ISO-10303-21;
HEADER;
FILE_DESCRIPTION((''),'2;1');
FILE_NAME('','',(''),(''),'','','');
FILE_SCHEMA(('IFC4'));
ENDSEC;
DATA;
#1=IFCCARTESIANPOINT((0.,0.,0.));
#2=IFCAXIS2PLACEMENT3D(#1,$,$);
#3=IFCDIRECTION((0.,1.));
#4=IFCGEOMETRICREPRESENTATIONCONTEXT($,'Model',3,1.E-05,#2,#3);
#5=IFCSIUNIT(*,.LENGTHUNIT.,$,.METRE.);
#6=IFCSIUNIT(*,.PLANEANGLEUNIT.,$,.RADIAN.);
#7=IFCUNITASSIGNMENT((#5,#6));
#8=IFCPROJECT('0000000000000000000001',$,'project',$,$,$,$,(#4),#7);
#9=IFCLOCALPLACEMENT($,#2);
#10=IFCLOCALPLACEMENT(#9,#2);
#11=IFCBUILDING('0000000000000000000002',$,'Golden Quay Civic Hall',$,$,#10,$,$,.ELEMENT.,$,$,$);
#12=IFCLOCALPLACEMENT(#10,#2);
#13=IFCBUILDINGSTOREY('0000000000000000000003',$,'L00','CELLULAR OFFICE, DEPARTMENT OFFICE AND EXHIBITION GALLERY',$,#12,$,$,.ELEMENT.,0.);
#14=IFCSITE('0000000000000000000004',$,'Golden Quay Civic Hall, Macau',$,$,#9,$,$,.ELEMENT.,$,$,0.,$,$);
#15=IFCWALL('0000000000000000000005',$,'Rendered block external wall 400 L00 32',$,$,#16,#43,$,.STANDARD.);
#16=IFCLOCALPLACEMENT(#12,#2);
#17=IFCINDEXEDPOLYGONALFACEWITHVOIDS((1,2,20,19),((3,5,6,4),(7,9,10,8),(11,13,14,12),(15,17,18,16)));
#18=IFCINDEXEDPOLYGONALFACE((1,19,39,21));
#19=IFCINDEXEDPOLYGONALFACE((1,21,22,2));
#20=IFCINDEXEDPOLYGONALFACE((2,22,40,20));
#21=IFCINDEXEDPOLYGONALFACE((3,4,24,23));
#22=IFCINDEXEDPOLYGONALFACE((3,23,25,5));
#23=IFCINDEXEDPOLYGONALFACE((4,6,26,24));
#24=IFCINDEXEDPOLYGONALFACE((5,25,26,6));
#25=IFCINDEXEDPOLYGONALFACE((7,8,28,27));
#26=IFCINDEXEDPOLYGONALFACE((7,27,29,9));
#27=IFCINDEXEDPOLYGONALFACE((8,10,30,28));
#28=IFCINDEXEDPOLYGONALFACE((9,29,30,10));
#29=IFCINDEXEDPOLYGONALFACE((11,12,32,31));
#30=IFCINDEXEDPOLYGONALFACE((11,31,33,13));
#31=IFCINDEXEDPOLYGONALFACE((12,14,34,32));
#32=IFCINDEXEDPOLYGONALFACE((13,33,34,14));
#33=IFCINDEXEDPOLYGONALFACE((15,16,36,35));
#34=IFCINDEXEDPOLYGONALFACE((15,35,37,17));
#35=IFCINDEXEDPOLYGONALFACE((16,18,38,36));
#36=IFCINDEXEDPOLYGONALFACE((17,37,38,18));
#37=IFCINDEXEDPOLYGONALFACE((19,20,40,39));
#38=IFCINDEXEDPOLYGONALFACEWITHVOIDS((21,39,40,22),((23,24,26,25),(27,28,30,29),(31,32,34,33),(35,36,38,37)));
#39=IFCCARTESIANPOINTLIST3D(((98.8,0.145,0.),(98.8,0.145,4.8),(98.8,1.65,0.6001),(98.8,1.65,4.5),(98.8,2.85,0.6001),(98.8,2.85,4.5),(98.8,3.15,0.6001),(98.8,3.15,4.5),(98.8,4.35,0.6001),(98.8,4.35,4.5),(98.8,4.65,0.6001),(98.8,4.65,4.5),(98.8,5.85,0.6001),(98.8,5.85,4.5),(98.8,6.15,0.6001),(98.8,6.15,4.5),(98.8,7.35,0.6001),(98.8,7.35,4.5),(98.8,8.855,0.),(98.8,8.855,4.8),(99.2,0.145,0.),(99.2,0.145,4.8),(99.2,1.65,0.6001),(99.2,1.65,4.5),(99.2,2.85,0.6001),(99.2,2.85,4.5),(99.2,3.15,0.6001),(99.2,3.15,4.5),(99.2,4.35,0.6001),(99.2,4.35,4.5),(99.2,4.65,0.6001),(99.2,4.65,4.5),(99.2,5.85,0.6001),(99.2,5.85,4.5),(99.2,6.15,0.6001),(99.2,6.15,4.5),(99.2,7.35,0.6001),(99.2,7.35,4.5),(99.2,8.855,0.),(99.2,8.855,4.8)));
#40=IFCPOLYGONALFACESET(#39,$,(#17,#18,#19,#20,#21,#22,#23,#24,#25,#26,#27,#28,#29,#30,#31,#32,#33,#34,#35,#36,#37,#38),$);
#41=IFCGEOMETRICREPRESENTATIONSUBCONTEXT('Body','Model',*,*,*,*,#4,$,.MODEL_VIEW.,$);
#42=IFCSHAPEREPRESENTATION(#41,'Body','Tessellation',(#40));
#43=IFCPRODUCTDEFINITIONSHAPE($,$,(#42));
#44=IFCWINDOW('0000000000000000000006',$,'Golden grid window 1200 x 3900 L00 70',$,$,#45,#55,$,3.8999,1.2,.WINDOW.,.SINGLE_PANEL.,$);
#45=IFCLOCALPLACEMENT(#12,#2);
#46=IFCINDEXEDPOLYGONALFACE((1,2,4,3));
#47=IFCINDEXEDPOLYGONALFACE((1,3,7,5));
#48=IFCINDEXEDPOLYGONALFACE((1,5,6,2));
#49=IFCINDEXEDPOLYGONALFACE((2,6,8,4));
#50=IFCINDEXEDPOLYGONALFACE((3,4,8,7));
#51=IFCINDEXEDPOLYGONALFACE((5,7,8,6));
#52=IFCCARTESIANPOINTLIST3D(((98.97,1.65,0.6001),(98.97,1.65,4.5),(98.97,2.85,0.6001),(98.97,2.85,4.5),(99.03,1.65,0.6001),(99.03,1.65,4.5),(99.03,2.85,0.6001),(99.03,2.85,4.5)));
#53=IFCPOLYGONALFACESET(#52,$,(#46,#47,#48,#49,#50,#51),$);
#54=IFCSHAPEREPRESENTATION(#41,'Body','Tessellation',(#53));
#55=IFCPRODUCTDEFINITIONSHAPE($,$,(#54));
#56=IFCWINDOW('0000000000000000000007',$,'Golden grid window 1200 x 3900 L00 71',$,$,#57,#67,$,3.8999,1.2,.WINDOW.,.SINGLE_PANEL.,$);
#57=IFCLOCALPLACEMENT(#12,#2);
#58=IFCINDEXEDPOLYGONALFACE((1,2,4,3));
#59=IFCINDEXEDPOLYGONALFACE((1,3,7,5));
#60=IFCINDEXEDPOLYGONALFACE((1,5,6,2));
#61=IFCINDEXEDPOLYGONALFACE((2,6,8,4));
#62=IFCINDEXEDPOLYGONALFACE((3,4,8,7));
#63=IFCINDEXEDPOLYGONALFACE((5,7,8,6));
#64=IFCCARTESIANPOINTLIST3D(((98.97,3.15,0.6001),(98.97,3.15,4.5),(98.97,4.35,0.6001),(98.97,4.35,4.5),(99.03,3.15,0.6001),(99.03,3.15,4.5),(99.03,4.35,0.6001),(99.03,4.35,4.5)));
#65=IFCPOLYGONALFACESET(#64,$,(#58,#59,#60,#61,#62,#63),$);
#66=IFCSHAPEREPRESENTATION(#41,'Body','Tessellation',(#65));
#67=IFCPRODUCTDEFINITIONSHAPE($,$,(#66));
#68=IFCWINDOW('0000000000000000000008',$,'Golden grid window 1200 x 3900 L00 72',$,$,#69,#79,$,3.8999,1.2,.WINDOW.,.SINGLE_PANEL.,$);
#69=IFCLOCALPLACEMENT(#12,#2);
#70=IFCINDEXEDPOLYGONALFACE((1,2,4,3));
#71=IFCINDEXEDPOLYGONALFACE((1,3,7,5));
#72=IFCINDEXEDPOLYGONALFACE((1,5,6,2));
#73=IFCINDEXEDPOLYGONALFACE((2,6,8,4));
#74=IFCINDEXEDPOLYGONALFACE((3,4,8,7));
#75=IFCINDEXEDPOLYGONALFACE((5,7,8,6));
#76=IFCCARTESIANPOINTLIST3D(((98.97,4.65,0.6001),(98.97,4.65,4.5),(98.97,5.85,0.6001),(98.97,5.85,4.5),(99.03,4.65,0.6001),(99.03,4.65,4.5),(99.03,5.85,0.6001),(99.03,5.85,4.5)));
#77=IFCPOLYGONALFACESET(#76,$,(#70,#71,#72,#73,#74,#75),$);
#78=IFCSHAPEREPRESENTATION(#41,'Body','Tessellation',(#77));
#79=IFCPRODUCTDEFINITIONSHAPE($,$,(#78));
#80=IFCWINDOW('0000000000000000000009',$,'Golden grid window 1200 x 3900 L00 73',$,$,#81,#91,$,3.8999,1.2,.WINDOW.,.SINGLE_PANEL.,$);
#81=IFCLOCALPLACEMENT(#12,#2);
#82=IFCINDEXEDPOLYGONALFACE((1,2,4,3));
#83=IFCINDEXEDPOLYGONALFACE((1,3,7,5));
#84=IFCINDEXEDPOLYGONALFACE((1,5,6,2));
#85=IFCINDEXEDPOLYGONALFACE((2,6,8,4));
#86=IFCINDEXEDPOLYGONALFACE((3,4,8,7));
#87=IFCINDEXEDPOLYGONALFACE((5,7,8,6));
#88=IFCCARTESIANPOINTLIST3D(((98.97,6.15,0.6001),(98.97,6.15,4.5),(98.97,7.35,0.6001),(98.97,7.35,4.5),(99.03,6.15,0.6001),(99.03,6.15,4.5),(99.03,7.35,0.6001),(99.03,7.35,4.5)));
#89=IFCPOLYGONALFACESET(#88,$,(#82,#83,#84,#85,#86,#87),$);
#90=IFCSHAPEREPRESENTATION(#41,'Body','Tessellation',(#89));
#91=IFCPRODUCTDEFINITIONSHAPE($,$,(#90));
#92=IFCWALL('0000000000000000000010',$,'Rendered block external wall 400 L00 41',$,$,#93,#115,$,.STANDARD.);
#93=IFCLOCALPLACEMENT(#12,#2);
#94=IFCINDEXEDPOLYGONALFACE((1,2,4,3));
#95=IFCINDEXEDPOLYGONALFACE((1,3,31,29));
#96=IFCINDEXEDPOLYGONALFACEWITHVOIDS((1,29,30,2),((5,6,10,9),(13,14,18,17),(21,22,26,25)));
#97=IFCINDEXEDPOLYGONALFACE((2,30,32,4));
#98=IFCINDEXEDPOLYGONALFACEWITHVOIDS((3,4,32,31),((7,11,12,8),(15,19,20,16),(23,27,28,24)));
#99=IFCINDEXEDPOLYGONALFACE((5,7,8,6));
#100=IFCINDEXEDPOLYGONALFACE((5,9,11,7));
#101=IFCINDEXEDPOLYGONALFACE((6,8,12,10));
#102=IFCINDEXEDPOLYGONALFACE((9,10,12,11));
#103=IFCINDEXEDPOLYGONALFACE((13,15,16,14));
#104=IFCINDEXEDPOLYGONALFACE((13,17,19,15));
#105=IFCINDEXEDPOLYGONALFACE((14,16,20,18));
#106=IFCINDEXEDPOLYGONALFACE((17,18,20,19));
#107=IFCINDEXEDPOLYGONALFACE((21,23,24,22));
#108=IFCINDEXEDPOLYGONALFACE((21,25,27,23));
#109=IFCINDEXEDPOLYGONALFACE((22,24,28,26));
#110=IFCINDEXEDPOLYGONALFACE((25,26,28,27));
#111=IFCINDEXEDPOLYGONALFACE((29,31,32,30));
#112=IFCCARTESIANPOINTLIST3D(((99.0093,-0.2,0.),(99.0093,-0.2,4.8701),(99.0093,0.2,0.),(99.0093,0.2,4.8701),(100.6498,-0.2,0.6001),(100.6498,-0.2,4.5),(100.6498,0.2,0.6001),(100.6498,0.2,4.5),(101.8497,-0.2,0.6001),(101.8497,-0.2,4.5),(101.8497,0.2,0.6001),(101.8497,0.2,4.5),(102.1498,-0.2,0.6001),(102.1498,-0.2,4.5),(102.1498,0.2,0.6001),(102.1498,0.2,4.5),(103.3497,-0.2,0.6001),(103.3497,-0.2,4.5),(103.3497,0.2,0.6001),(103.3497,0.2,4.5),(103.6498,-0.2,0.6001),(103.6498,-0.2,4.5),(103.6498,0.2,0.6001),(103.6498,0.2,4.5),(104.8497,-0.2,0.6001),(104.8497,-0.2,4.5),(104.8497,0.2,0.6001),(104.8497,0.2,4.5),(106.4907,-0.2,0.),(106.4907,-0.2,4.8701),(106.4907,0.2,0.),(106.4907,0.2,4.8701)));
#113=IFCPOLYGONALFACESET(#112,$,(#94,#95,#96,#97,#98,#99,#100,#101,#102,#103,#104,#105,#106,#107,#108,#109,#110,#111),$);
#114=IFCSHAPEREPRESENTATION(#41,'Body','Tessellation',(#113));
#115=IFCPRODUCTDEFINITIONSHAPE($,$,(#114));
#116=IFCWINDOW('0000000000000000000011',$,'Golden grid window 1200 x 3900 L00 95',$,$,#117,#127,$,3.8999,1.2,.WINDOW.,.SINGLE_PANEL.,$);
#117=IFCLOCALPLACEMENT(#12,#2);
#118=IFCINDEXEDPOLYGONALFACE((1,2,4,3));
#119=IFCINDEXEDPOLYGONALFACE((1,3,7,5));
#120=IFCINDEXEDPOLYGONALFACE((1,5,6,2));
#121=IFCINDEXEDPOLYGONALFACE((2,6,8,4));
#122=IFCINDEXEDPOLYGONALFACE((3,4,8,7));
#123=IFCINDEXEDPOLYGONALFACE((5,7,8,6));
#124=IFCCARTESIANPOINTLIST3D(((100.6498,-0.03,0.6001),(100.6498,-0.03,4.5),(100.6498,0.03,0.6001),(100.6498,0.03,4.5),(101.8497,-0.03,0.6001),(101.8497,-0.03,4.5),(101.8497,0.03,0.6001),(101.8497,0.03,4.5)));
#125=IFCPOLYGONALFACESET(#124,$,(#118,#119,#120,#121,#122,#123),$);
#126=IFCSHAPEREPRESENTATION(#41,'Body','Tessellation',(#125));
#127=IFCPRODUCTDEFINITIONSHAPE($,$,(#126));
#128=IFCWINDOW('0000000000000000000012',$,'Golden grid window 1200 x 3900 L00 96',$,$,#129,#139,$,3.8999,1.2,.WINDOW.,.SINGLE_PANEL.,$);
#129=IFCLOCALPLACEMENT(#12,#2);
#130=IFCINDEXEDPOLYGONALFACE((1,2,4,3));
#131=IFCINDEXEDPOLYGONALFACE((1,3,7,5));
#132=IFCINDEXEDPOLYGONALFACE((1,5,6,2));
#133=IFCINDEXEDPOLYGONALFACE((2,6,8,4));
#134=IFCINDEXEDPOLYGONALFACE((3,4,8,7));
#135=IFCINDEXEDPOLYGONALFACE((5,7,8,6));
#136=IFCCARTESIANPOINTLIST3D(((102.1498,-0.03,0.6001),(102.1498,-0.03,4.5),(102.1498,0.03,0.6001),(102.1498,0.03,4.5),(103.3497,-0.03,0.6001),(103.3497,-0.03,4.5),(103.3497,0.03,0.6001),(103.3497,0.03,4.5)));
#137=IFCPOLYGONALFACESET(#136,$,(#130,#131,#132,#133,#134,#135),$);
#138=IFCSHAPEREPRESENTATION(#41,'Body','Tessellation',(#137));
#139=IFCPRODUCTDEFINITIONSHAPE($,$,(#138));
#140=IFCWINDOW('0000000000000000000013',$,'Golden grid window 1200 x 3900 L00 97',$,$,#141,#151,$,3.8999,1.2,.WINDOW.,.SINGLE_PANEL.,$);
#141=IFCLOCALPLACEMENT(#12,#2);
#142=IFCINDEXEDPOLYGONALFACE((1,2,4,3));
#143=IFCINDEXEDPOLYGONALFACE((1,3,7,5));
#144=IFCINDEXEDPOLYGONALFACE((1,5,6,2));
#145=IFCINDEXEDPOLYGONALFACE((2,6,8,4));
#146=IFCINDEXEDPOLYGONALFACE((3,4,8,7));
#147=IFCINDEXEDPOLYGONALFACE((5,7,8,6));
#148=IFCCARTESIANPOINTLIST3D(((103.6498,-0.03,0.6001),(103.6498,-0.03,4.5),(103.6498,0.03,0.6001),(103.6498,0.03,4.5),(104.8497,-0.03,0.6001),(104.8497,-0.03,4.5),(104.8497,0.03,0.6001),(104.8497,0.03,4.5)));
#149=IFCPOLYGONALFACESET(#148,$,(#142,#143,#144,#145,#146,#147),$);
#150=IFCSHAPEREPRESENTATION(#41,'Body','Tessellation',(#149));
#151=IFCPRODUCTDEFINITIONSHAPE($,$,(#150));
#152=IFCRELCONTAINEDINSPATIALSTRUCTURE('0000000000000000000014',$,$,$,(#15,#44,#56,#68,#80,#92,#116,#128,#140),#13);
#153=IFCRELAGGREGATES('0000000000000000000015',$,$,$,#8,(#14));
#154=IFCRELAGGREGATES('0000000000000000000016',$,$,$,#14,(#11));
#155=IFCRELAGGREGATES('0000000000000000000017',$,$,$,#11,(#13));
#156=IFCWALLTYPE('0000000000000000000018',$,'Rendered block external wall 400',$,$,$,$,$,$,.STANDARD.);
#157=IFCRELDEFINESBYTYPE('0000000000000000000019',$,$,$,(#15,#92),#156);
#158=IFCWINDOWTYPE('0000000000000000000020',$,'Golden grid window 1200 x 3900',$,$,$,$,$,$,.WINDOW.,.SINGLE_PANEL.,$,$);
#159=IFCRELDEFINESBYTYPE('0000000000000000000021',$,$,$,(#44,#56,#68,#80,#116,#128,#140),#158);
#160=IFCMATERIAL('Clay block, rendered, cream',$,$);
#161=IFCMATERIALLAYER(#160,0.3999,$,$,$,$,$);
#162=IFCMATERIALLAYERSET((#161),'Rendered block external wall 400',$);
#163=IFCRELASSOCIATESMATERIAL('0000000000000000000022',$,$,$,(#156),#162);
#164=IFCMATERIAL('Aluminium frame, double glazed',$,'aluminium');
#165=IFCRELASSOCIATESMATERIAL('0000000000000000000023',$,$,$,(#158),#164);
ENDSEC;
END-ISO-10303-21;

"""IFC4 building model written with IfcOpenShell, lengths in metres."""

from ifc_helpers import new_model, si_unit, direction, frame, frame_2d, origin, place, context, subcontext, project, spatial, rectangle, extrude, material, layer, layer_set, type_object, element, fill, save


model = new_model("IFC4")

# Units and contexts
model_context = context("Model", 3, precision=1e-05, world=origin(), true_north=direction((0.0, 1.0)))
body_context = subcontext(model_context, "Body", "Model", "MODEL_VIEW")
ifc_project = project(units=[si_unit("LENGTHUNIT", "METRE"), si_unit("PLANEANGLEUNIT", "RADIAN")], contexts=[model_context])

# Site, building, storey
site_placement = place(None, origin())
site = spatial("IfcSite", under=ifc_project, at=site_placement, Name="Golden Quay Civic Hall, Macau", CompositionType="ELEMENT", RefElevation=0.0)
building_placement = place(site_placement, origin())
building = spatial("IfcBuilding", under=site, at=building_placement, Name="Golden Quay Civic Hall", CompositionType="ELEMENT")
storey_placement = place(building_placement, origin())
storey = spatial("IfcBuildingStorey", under=building, at=storey_placement, Name="L00", Description="CELLULAR OFFICE, DEPARTMENT OFFICE AND EXHIBITION GALLERY", CompositionType="ELEMENT", Elevation=0.0)

# Walls, openings, windows
ifc_material_1 = material(Name="Clay block, rendered, cream")
ifc_layer_1 = layer(ifc_material_1, 0.3999)
ifc_layer_set_1 = layer_set([ifc_layer_1], Name="Rendered block external wall 400")
wall_type_1 = type_object("IfcWallType", Name="Rendered block external wall 400", PredefinedType="STANDARD", material=ifc_layer_set_1)
wall_1_placement = place(storey_placement, frame((99.0, 0.145, 0.0), z_axis=(0.0, 0.0, 1.0), x_axis=(0.0, 1.0, 0.0)))
wall_1 = element("IfcWall", 1, at=wall_1_placement, inside=storey, type_object=wall_type_1, Name="Rendered block external wall 400 L00 32", PredefinedType="STANDARD", context=body_context, shape_type="SweptSolid", body=[
    extrude(rectangle(XDim=8.71, YDim=0.3999, at=frame_2d((4.355, 0.0))), origin(), (0.0, 0.0, 1.0), 4.8),
])
opening_1_placement = place(wall_1_placement, frame((1.5049, 0.0, 0.6001)))
opening_1 = element("IfcOpeningElement", 2, at=opening_1_placement, cuts=wall_1, PredefinedType="OPENING", context=body_context, shape_type="SweptSolid", body=[
    extrude(rectangle(XDim=1.2, YDim=3.8999, at=frame_2d((0.6001, 1.95))), frame((0.0, 0.21, 0.0), z_axis=(0.0, -1.0, 0.0), x_axis=(1.0, 0.0, 0.0)), (0.0, 0.0, 1.0), 0.4199),
])
opening_2_placement = place(wall_1_placement, frame((3.0049, 0.0, 0.6001)))
opening_2 = element("IfcOpeningElement", 3, at=opening_2_placement, cuts=wall_1, PredefinedType="OPENING", context=body_context, shape_type="SweptSolid", body=[
    extrude(rectangle(XDim=1.2, YDim=3.8999, at=frame_2d((0.6001, 1.95))), frame((0.0, 0.21, 0.0), z_axis=(0.0, -1.0, 0.0), x_axis=(1.0, 0.0, 0.0)), (0.0, 0.0, 1.0), 0.4199),
])
opening_3_placement = place(wall_1_placement, frame((4.5049, 0.0, 0.6001)))
opening_3 = element("IfcOpeningElement", 4, at=opening_3_placement, cuts=wall_1, PredefinedType="OPENING", context=body_context, shape_type="SweptSolid", body=[
    extrude(rectangle(XDim=1.2, YDim=3.8999, at=frame_2d((0.6001, 1.95))), frame((0.0, 0.21, 0.0), z_axis=(0.0, -1.0, 0.0), x_axis=(1.0, 0.0, 0.0)), (0.0, 0.0, 1.0), 0.4199),
])
opening_4_placement = place(wall_1_placement, frame((6.0049, 0.0, 0.6001)))
opening_4 = element("IfcOpeningElement", 5, at=opening_4_placement, cuts=wall_1, PredefinedType="OPENING", context=body_context, shape_type="SweptSolid", body=[
    extrude(rectangle(XDim=1.2, YDim=3.8999, at=frame_2d((0.6001, 1.95))), frame((0.0, 0.21, 0.0), z_axis=(0.0, -1.0, 0.0), x_axis=(1.0, 0.0, 0.0)), (0.0, 0.0, 1.0), 0.4199),
])
ifc_material_2 = material(Name="Aluminium frame, double glazed", Category="aluminium")
window_type = type_object("IfcWindowType", Name="Golden grid window 1200 x 3900", PartitioningType="SINGLE_PANEL", PredefinedType="WINDOW", material=ifc_material_2)
window_1_placement = place(opening_1_placement, origin())
window_1 = element("IfcWindow", 6, at=window_1_placement, inside=storey, type_object=window_type, Name="Golden grid window 1200 x 3900 L00 70", OverallHeight=3.8999, OverallWidth=1.2, PartitioningType="SINGLE_PANEL", PredefinedType="WINDOW", context=body_context, shape_type="SweptSolid", body=[
    extrude(rectangle(XDim=1.2, YDim=3.8999, at=frame_2d((0.6001, 1.95))), frame((0.0, 0.03, 0.0), z_axis=(0.0, -1.0, 0.0), x_axis=(1.0, 0.0, 0.0)), (0.0, 0.0, 1.0), 0.0601),
])
fill(opening_1, window_1)
window_2_placement = place(opening_2_placement, origin())
window_2 = element("IfcWindow", 7, at=window_2_placement, inside=storey, type_object=window_type, Name="Golden grid window 1200 x 3900 L00 71", OverallHeight=3.8999, OverallWidth=1.2, PartitioningType="SINGLE_PANEL", PredefinedType="WINDOW", context=body_context, shape_type="SweptSolid", body=[
    extrude(rectangle(XDim=1.2, YDim=3.8999, at=frame_2d((0.6001, 1.95))), frame((0.0, 0.03, 0.0), z_axis=(0.0, -1.0, 0.0), x_axis=(1.0, 0.0, 0.0)), (0.0, 0.0, 1.0), 0.0601),
])
fill(opening_2, window_2)
window_3_placement = place(opening_3_placement, origin())
window_3 = element("IfcWindow", 8, at=window_3_placement, inside=storey, type_object=window_type, Name="Golden grid window 1200 x 3900 L00 72", OverallHeight=3.8999, OverallWidth=1.2, PartitioningType="SINGLE_PANEL", PredefinedType="WINDOW", context=body_context, shape_type="SweptSolid", body=[
    extrude(rectangle(XDim=1.2, YDim=3.8999, at=frame_2d((0.6001, 1.95))), frame((0.0, 0.03, 0.0), z_axis=(0.0, -1.0, 0.0), x_axis=(1.0, 0.0, 0.0)), (0.0, 0.0, 1.0), 0.0601),
])
fill(opening_3, window_3)
window_4_placement = place(opening_4_placement, origin())
window_4 = element("IfcWindow", 9, at=window_4_placement, inside=storey, type_object=window_type, Name="Golden grid window 1200 x 3900 L00 73", OverallHeight=3.8999, OverallWidth=1.2, PartitioningType="SINGLE_PANEL", PredefinedType="WINDOW", context=body_context, shape_type="SweptSolid", body=[
    extrude(rectangle(XDim=1.2, YDim=3.8999, at=frame_2d((0.6001, 1.95))), frame((0.0, 0.03, 0.0), z_axis=(0.0, -1.0, 0.0), x_axis=(1.0, 0.0, 0.0)), (0.0, 0.0, 1.0), 0.0601),
])
fill(opening_4, window_4)
wall_2_placement = place(storey_placement, frame((106.4907, 0.0, 0.0), z_axis=(0.0, 0.0, 1.0), x_axis=(-1.0, 0.0, 0.0)))
wall_2 = element("IfcWall", 10, at=wall_2_placement, inside=storey, type_object=wall_type_1, Name="Rendered block external wall 400 L00 41", PredefinedType="STANDARD", context=body_context, shape_type="SweptSolid", body=[
    extrude(rectangle(XDim=7.4814, YDim=0.3999, at=frame_2d((3.7407, 0.0))), origin(), (0.0, 0.0, 1.0), 4.8701),
])
opening_5_placement = place(wall_2_placement, frame((4.6409, 0.0, 0.6001)))
opening_5 = element("IfcOpeningElement", 11, at=opening_5_placement, cuts=wall_2, PredefinedType="OPENING", context=body_context, shape_type="SweptSolid", body=[
    extrude(rectangle(XDim=1.2, YDim=3.8999, at=frame_2d((0.6001, 1.95))), frame((0.0, 0.21, 0.0), z_axis=(0.0, -1.0, 0.0), x_axis=(1.0, 0.0, 0.0)), (0.0, 0.0, 1.0), 0.4199),
])
opening_6_placement = place(wall_2_placement, frame((3.1409, 0.0, 0.6001)))
opening_6 = element("IfcOpeningElement", 12, at=opening_6_placement, cuts=wall_2, PredefinedType="OPENING", context=body_context, shape_type="SweptSolid", body=[
    extrude(rectangle(XDim=1.2, YDim=3.8999, at=frame_2d((0.6001, 1.95))), frame((0.0, 0.21, 0.0), z_axis=(0.0, -1.0, 0.0), x_axis=(1.0, 0.0, 0.0)), (0.0, 0.0, 1.0), 0.4199),
])
opening_7_placement = place(wall_2_placement, frame((1.6409, 0.0, 0.6001)))
opening_7 = element("IfcOpeningElement", 13, at=opening_7_placement, cuts=wall_2, PredefinedType="OPENING", context=body_context, shape_type="SweptSolid", body=[
    extrude(rectangle(XDim=1.2, YDim=3.8999, at=frame_2d((0.6001, 1.95))), frame((0.0, 0.21, 0.0), z_axis=(0.0, -1.0, 0.0), x_axis=(1.0, 0.0, 0.0)), (0.0, 0.0, 1.0), 0.4199),
])
window_5_placement = place(opening_5_placement, origin())
window_5 = element("IfcWindow", 14, at=window_5_placement, inside=storey, type_object=window_type, Name="Golden grid window 1200 x 3900 L00 95", OverallHeight=3.8999, OverallWidth=1.2, PartitioningType="SINGLE_PANEL", PredefinedType="WINDOW", context=body_context, shape_type="SweptSolid", body=[
    extrude(rectangle(XDim=1.2, YDim=3.8999, at=frame_2d((0.6001, 1.95))), frame((0.0, 0.03, 0.0), z_axis=(0.0, -1.0, 0.0), x_axis=(1.0, 0.0, 0.0)), (0.0, 0.0, 1.0), 0.0601),
])
fill(opening_5, window_5)
window_6_placement = place(opening_6_placement, origin())
window_6 = element("IfcWindow", 15, at=window_6_placement, inside=storey, type_object=window_type, Name="Golden grid window 1200 x 3900 L00 96", OverallHeight=3.8999, OverallWidth=1.2, PartitioningType="SINGLE_PANEL", PredefinedType="WINDOW", context=body_context, shape_type="SweptSolid", body=[
    extrude(rectangle(XDim=1.2, YDim=3.8999, at=frame_2d((0.6001, 1.95))), frame((0.0, 0.03, 0.0), z_axis=(0.0, -1.0, 0.0), x_axis=(1.0, 0.0, 0.0)), (0.0, 0.0, 1.0), 0.0601),
])
fill(opening_6, window_6)
window_7_placement = place(opening_7_placement, origin())
window_7 = element("IfcWindow", 16, at=window_7_placement, inside=storey, type_object=window_type, Name="Golden grid window 1200 x 3900 L00 97", OverallHeight=3.8999, OverallWidth=1.2, PartitioningType="SINGLE_PANEL", PredefinedType="WINDOW", context=body_context, shape_type="SweptSolid", body=[
    extrude(rectangle(XDim=1.2, YDim=3.8999, at=frame_2d((0.6001, 1.95))), frame((0.0, 0.03, 0.0), z_axis=(0.0, -1.0, 0.0), x_axis=(1.0, 0.0, 0.0)), (0.0, 0.0, 1.0), 0.0601),
])
fill(opening_7, window_7)

save(model, "model.ifc")
